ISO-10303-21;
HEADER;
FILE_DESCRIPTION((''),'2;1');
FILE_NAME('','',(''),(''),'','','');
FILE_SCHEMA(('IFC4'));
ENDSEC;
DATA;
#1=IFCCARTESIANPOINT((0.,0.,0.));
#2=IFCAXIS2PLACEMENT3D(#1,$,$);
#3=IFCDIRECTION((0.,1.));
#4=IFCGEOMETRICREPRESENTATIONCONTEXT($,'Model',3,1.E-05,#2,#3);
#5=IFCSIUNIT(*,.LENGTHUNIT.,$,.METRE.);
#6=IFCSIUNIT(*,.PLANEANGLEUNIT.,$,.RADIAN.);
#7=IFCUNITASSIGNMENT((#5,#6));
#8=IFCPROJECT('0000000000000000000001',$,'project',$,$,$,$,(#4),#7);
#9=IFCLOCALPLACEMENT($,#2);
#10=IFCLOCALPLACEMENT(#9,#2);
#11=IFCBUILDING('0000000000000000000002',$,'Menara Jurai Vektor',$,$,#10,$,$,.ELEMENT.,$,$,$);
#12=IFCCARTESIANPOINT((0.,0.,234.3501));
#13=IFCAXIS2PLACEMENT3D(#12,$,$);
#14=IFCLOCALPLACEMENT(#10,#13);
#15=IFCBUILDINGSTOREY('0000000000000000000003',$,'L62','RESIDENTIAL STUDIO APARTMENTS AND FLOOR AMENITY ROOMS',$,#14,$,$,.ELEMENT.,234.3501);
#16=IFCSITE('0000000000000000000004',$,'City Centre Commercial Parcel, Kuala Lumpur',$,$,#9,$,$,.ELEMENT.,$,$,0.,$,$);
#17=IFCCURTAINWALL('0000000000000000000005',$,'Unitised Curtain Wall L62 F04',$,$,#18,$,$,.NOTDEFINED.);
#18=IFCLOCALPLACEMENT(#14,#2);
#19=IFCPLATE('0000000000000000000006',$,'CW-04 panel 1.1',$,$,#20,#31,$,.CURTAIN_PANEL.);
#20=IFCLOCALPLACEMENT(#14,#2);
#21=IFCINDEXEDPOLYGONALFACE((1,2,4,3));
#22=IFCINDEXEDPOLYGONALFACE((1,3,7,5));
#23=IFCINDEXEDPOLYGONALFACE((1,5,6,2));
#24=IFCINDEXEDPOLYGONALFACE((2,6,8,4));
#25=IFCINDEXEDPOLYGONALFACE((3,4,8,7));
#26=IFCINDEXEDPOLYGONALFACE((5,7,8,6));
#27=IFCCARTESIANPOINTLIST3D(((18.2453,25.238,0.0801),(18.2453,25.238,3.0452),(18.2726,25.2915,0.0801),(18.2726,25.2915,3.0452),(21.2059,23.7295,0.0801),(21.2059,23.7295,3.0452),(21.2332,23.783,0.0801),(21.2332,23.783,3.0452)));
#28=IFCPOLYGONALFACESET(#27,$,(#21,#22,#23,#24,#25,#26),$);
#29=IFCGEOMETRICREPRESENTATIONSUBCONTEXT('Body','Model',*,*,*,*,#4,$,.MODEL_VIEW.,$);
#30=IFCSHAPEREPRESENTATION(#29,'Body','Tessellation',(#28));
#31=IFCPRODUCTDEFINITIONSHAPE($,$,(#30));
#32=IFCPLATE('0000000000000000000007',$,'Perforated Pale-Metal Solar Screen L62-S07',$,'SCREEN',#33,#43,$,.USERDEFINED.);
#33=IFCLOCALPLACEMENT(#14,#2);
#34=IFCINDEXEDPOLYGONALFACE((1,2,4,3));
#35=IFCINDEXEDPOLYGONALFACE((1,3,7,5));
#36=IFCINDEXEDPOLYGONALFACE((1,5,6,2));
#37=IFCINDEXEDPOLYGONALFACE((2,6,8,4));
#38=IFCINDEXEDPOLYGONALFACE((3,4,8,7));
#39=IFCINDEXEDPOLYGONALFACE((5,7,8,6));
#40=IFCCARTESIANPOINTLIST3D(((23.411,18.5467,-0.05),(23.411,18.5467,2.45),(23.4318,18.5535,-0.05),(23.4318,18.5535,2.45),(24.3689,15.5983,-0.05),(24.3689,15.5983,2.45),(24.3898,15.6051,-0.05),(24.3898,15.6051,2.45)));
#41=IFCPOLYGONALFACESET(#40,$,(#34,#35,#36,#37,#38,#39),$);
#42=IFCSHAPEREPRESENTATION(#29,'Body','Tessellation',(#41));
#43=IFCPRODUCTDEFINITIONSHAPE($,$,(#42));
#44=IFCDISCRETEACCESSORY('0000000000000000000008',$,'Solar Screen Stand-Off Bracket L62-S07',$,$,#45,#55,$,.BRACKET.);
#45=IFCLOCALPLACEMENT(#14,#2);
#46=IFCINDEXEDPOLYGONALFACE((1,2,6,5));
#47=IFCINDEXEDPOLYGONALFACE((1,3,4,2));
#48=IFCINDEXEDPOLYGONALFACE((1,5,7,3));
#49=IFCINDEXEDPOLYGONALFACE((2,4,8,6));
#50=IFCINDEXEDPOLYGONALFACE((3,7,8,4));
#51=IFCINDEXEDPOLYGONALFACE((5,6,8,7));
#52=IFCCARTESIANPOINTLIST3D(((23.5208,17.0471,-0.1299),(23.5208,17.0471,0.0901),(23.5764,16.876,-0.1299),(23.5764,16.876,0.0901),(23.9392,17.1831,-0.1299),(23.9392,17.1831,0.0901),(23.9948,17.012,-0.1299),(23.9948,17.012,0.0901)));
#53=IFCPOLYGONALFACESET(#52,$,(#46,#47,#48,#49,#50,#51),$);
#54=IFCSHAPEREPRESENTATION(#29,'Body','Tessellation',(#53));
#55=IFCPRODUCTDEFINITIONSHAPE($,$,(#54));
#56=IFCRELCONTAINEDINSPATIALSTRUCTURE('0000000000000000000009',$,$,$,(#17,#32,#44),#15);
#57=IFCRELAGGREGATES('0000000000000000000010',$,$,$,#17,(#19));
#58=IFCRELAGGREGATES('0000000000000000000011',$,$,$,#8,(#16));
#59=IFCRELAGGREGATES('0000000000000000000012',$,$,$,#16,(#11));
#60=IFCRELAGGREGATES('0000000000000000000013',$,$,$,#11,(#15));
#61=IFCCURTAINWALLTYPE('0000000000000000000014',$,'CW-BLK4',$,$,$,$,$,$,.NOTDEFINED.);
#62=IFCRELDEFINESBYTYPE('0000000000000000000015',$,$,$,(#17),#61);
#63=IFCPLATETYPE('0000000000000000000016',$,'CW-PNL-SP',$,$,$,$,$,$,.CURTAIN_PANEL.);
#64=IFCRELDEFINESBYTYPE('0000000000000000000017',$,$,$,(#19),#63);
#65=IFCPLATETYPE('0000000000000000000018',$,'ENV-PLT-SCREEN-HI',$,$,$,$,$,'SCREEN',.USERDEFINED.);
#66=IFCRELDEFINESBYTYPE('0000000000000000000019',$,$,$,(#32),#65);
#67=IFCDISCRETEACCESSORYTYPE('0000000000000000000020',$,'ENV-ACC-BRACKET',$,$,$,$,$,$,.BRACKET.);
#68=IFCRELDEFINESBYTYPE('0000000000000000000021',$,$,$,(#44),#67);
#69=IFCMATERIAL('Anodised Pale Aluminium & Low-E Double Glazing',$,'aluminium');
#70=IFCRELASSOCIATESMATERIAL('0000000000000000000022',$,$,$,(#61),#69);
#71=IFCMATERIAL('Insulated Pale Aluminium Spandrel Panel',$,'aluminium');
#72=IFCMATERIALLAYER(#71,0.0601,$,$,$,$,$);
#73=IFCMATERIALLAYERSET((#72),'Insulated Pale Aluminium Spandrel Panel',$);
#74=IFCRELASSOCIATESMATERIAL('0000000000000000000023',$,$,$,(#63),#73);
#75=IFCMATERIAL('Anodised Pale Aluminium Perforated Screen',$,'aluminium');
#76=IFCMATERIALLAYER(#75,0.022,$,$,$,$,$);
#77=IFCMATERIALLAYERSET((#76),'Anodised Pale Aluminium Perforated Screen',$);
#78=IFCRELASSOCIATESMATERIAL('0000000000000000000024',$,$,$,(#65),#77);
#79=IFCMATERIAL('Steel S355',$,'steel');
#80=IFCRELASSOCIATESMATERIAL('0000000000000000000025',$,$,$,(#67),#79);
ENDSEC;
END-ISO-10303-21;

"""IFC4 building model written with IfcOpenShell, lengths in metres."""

from ifc_helpers import new_model, si_unit, direction, frame, origin, origin_2d, place, context, subcontext, project, spatial, rectangle, extrude, material, layer, layer_set, type_object, element, aggregate, save


model = new_model("IFC4")

# Units and contexts
model_context = context("Model", 3, precision=1e-05, world=origin(), true_north=direction((0.0, 1.0)))
body_context = subcontext(model_context, "Body", "Model", "MODEL_VIEW")
ifc_project = project(units=[si_unit("LENGTHUNIT", "METRE"), si_unit("PLANEANGLEUNIT", "RADIAN")], contexts=[model_context])

# Site, building, storey
site_placement = place(None, origin())
site = spatial("IfcSite", under=ifc_project, at=site_placement, Name="City Centre Commercial Parcel, Kuala Lumpur", CompositionType="ELEMENT", RefElevation=0.0)
building_placement = place(site_placement, origin())
building = spatial("IfcBuilding", under=site, at=building_placement, Name="Menara Jurai Vektor", CompositionType="ELEMENT")
storey_placement = place(building_placement, frame((0.0, 0.0, 234.3501)))
storey = spatial("IfcBuildingStorey", under=building, at=storey_placement, Name="L62", Description="RESIDENTIAL STUDIO APARTMENTS AND FLOOR AMENITY ROOMS", CompositionType="ELEMENT", Elevation=234.3501)

# Curtain wall
ifc_material_1 = material(Name="Anodised Pale Aluminium & Low-E Double Glazing", Category="aluminium")
curtain_wall_type = type_object("IfcCurtainWallType", Name="CW-BLK4", PredefinedType="NOTDEFINED", material=ifc_material_1)
curtain_wall_1_placement = place(storey_placement, origin())
curtain_wall_1 = element("IfcCurtainWall", 1, at=curtain_wall_1_placement, inside=storey, type_object=curtain_wall_type, Name="Unitised Curtain Wall L62 F04", PredefinedType="NOTDEFINED")

# Shared definitions
ifc_material_2 = material(Name="Steel S355", Category="steel")

# Plates
ifc_material_3 = material(Name="Insulated Pale Aluminium Spandrel Panel", Category="aluminium")
ifc_layer_1 = layer(ifc_material_3, 0.0601)
ifc_layer_set_1 = layer_set([ifc_layer_1], Name="Insulated Pale Aluminium Spandrel Panel")
plate_type_1 = type_object("IfcPlateType", Name="CW-PNL-SP", PredefinedType="CURTAIN_PANEL", material=ifc_layer_set_1)
plate_1_placement = place(storey_placement, frame((19.7393, 24.5105, 0.0801), z_axis=(0.0, 0.0, 1.0), x_axis=(-0.891008, 0.453989, 0.0)))
plate_1 = element("IfcPlate", 2, at=plate_1_placement, type_object=plate_type_1, Name="CW-04 panel 1.1", PredefinedType="CURTAIN_PANEL", context=body_context, shape_type="SweptSolid", body=[
    extrude(rectangle(XDim=3.3228, YDim=0.0601, at=origin_2d()), origin(), (0.0, 0.0, 1.0), 2.9651),
])
aggregate(curtain_wall_1, [plate_1])
ifc_material_4 = material(Name="Anodised Pale Aluminium Perforated Screen", Category="aluminium")
ifc_layer_2 = layer(ifc_material_4, 0.022)
ifc_layer_set_2 = layer_set([ifc_layer_2], Name="Anodised Pale Aluminium Perforated Screen")
plate_type_2 = type_object("IfcPlateType", Name="ENV-PLT-SCREEN-HI", ElementType="SCREEN", PredefinedType="USERDEFINED", material=ifc_layer_set_2)
plate_2_placement = place(storey_placement, frame((23.9004, 17.0759, -0.05), z_axis=(0.0, 0.0, 1.0), x_axis=(-0.309017, 0.951057, 0.0)))
element("IfcPlate", 3, at=plate_2_placement, inside=storey, type_object=plate_type_2, Name="Perforated Pale-Metal Solar Screen L62-S07", ObjectType="SCREEN", PredefinedType="USERDEFINED", context=body_context, shape_type="SweptSolid", body=[
    extrude(rectangle(XDim=3.1001, YDim=0.022, at=origin_2d()), origin(), (0.0, 0.0, 1.0), 2.5),
])

# Discrete accessory
discrete_accessory_type = type_object("IfcDiscreteAccessoryType", Name="ENV-ACC-BRACKET", PredefinedType="BRACKET", material=ifc_material_2)
discrete_accessory_placement = place(storey_placement, frame((23.7578, 17.0295, -0.1299), z_axis=(0.0, 0.0, 1.0), x_axis=(-0.309017, 0.951057, 0.0)))
element("IfcDiscreteAccessory", 4, at=discrete_accessory_placement, inside=storey, type_object=discrete_accessory_type, Name="Solar Screen Stand-Off Bracket L62-S07", PredefinedType="BRACKET", context=body_context, shape_type="SweptSolid", body=[
    extrude(rectangle(XDim=0.1799, YDim=0.4399, at=origin_2d()), origin(), (0.0, 0.0, 1.0), 0.22),
])

save(model, "model.ifc")
